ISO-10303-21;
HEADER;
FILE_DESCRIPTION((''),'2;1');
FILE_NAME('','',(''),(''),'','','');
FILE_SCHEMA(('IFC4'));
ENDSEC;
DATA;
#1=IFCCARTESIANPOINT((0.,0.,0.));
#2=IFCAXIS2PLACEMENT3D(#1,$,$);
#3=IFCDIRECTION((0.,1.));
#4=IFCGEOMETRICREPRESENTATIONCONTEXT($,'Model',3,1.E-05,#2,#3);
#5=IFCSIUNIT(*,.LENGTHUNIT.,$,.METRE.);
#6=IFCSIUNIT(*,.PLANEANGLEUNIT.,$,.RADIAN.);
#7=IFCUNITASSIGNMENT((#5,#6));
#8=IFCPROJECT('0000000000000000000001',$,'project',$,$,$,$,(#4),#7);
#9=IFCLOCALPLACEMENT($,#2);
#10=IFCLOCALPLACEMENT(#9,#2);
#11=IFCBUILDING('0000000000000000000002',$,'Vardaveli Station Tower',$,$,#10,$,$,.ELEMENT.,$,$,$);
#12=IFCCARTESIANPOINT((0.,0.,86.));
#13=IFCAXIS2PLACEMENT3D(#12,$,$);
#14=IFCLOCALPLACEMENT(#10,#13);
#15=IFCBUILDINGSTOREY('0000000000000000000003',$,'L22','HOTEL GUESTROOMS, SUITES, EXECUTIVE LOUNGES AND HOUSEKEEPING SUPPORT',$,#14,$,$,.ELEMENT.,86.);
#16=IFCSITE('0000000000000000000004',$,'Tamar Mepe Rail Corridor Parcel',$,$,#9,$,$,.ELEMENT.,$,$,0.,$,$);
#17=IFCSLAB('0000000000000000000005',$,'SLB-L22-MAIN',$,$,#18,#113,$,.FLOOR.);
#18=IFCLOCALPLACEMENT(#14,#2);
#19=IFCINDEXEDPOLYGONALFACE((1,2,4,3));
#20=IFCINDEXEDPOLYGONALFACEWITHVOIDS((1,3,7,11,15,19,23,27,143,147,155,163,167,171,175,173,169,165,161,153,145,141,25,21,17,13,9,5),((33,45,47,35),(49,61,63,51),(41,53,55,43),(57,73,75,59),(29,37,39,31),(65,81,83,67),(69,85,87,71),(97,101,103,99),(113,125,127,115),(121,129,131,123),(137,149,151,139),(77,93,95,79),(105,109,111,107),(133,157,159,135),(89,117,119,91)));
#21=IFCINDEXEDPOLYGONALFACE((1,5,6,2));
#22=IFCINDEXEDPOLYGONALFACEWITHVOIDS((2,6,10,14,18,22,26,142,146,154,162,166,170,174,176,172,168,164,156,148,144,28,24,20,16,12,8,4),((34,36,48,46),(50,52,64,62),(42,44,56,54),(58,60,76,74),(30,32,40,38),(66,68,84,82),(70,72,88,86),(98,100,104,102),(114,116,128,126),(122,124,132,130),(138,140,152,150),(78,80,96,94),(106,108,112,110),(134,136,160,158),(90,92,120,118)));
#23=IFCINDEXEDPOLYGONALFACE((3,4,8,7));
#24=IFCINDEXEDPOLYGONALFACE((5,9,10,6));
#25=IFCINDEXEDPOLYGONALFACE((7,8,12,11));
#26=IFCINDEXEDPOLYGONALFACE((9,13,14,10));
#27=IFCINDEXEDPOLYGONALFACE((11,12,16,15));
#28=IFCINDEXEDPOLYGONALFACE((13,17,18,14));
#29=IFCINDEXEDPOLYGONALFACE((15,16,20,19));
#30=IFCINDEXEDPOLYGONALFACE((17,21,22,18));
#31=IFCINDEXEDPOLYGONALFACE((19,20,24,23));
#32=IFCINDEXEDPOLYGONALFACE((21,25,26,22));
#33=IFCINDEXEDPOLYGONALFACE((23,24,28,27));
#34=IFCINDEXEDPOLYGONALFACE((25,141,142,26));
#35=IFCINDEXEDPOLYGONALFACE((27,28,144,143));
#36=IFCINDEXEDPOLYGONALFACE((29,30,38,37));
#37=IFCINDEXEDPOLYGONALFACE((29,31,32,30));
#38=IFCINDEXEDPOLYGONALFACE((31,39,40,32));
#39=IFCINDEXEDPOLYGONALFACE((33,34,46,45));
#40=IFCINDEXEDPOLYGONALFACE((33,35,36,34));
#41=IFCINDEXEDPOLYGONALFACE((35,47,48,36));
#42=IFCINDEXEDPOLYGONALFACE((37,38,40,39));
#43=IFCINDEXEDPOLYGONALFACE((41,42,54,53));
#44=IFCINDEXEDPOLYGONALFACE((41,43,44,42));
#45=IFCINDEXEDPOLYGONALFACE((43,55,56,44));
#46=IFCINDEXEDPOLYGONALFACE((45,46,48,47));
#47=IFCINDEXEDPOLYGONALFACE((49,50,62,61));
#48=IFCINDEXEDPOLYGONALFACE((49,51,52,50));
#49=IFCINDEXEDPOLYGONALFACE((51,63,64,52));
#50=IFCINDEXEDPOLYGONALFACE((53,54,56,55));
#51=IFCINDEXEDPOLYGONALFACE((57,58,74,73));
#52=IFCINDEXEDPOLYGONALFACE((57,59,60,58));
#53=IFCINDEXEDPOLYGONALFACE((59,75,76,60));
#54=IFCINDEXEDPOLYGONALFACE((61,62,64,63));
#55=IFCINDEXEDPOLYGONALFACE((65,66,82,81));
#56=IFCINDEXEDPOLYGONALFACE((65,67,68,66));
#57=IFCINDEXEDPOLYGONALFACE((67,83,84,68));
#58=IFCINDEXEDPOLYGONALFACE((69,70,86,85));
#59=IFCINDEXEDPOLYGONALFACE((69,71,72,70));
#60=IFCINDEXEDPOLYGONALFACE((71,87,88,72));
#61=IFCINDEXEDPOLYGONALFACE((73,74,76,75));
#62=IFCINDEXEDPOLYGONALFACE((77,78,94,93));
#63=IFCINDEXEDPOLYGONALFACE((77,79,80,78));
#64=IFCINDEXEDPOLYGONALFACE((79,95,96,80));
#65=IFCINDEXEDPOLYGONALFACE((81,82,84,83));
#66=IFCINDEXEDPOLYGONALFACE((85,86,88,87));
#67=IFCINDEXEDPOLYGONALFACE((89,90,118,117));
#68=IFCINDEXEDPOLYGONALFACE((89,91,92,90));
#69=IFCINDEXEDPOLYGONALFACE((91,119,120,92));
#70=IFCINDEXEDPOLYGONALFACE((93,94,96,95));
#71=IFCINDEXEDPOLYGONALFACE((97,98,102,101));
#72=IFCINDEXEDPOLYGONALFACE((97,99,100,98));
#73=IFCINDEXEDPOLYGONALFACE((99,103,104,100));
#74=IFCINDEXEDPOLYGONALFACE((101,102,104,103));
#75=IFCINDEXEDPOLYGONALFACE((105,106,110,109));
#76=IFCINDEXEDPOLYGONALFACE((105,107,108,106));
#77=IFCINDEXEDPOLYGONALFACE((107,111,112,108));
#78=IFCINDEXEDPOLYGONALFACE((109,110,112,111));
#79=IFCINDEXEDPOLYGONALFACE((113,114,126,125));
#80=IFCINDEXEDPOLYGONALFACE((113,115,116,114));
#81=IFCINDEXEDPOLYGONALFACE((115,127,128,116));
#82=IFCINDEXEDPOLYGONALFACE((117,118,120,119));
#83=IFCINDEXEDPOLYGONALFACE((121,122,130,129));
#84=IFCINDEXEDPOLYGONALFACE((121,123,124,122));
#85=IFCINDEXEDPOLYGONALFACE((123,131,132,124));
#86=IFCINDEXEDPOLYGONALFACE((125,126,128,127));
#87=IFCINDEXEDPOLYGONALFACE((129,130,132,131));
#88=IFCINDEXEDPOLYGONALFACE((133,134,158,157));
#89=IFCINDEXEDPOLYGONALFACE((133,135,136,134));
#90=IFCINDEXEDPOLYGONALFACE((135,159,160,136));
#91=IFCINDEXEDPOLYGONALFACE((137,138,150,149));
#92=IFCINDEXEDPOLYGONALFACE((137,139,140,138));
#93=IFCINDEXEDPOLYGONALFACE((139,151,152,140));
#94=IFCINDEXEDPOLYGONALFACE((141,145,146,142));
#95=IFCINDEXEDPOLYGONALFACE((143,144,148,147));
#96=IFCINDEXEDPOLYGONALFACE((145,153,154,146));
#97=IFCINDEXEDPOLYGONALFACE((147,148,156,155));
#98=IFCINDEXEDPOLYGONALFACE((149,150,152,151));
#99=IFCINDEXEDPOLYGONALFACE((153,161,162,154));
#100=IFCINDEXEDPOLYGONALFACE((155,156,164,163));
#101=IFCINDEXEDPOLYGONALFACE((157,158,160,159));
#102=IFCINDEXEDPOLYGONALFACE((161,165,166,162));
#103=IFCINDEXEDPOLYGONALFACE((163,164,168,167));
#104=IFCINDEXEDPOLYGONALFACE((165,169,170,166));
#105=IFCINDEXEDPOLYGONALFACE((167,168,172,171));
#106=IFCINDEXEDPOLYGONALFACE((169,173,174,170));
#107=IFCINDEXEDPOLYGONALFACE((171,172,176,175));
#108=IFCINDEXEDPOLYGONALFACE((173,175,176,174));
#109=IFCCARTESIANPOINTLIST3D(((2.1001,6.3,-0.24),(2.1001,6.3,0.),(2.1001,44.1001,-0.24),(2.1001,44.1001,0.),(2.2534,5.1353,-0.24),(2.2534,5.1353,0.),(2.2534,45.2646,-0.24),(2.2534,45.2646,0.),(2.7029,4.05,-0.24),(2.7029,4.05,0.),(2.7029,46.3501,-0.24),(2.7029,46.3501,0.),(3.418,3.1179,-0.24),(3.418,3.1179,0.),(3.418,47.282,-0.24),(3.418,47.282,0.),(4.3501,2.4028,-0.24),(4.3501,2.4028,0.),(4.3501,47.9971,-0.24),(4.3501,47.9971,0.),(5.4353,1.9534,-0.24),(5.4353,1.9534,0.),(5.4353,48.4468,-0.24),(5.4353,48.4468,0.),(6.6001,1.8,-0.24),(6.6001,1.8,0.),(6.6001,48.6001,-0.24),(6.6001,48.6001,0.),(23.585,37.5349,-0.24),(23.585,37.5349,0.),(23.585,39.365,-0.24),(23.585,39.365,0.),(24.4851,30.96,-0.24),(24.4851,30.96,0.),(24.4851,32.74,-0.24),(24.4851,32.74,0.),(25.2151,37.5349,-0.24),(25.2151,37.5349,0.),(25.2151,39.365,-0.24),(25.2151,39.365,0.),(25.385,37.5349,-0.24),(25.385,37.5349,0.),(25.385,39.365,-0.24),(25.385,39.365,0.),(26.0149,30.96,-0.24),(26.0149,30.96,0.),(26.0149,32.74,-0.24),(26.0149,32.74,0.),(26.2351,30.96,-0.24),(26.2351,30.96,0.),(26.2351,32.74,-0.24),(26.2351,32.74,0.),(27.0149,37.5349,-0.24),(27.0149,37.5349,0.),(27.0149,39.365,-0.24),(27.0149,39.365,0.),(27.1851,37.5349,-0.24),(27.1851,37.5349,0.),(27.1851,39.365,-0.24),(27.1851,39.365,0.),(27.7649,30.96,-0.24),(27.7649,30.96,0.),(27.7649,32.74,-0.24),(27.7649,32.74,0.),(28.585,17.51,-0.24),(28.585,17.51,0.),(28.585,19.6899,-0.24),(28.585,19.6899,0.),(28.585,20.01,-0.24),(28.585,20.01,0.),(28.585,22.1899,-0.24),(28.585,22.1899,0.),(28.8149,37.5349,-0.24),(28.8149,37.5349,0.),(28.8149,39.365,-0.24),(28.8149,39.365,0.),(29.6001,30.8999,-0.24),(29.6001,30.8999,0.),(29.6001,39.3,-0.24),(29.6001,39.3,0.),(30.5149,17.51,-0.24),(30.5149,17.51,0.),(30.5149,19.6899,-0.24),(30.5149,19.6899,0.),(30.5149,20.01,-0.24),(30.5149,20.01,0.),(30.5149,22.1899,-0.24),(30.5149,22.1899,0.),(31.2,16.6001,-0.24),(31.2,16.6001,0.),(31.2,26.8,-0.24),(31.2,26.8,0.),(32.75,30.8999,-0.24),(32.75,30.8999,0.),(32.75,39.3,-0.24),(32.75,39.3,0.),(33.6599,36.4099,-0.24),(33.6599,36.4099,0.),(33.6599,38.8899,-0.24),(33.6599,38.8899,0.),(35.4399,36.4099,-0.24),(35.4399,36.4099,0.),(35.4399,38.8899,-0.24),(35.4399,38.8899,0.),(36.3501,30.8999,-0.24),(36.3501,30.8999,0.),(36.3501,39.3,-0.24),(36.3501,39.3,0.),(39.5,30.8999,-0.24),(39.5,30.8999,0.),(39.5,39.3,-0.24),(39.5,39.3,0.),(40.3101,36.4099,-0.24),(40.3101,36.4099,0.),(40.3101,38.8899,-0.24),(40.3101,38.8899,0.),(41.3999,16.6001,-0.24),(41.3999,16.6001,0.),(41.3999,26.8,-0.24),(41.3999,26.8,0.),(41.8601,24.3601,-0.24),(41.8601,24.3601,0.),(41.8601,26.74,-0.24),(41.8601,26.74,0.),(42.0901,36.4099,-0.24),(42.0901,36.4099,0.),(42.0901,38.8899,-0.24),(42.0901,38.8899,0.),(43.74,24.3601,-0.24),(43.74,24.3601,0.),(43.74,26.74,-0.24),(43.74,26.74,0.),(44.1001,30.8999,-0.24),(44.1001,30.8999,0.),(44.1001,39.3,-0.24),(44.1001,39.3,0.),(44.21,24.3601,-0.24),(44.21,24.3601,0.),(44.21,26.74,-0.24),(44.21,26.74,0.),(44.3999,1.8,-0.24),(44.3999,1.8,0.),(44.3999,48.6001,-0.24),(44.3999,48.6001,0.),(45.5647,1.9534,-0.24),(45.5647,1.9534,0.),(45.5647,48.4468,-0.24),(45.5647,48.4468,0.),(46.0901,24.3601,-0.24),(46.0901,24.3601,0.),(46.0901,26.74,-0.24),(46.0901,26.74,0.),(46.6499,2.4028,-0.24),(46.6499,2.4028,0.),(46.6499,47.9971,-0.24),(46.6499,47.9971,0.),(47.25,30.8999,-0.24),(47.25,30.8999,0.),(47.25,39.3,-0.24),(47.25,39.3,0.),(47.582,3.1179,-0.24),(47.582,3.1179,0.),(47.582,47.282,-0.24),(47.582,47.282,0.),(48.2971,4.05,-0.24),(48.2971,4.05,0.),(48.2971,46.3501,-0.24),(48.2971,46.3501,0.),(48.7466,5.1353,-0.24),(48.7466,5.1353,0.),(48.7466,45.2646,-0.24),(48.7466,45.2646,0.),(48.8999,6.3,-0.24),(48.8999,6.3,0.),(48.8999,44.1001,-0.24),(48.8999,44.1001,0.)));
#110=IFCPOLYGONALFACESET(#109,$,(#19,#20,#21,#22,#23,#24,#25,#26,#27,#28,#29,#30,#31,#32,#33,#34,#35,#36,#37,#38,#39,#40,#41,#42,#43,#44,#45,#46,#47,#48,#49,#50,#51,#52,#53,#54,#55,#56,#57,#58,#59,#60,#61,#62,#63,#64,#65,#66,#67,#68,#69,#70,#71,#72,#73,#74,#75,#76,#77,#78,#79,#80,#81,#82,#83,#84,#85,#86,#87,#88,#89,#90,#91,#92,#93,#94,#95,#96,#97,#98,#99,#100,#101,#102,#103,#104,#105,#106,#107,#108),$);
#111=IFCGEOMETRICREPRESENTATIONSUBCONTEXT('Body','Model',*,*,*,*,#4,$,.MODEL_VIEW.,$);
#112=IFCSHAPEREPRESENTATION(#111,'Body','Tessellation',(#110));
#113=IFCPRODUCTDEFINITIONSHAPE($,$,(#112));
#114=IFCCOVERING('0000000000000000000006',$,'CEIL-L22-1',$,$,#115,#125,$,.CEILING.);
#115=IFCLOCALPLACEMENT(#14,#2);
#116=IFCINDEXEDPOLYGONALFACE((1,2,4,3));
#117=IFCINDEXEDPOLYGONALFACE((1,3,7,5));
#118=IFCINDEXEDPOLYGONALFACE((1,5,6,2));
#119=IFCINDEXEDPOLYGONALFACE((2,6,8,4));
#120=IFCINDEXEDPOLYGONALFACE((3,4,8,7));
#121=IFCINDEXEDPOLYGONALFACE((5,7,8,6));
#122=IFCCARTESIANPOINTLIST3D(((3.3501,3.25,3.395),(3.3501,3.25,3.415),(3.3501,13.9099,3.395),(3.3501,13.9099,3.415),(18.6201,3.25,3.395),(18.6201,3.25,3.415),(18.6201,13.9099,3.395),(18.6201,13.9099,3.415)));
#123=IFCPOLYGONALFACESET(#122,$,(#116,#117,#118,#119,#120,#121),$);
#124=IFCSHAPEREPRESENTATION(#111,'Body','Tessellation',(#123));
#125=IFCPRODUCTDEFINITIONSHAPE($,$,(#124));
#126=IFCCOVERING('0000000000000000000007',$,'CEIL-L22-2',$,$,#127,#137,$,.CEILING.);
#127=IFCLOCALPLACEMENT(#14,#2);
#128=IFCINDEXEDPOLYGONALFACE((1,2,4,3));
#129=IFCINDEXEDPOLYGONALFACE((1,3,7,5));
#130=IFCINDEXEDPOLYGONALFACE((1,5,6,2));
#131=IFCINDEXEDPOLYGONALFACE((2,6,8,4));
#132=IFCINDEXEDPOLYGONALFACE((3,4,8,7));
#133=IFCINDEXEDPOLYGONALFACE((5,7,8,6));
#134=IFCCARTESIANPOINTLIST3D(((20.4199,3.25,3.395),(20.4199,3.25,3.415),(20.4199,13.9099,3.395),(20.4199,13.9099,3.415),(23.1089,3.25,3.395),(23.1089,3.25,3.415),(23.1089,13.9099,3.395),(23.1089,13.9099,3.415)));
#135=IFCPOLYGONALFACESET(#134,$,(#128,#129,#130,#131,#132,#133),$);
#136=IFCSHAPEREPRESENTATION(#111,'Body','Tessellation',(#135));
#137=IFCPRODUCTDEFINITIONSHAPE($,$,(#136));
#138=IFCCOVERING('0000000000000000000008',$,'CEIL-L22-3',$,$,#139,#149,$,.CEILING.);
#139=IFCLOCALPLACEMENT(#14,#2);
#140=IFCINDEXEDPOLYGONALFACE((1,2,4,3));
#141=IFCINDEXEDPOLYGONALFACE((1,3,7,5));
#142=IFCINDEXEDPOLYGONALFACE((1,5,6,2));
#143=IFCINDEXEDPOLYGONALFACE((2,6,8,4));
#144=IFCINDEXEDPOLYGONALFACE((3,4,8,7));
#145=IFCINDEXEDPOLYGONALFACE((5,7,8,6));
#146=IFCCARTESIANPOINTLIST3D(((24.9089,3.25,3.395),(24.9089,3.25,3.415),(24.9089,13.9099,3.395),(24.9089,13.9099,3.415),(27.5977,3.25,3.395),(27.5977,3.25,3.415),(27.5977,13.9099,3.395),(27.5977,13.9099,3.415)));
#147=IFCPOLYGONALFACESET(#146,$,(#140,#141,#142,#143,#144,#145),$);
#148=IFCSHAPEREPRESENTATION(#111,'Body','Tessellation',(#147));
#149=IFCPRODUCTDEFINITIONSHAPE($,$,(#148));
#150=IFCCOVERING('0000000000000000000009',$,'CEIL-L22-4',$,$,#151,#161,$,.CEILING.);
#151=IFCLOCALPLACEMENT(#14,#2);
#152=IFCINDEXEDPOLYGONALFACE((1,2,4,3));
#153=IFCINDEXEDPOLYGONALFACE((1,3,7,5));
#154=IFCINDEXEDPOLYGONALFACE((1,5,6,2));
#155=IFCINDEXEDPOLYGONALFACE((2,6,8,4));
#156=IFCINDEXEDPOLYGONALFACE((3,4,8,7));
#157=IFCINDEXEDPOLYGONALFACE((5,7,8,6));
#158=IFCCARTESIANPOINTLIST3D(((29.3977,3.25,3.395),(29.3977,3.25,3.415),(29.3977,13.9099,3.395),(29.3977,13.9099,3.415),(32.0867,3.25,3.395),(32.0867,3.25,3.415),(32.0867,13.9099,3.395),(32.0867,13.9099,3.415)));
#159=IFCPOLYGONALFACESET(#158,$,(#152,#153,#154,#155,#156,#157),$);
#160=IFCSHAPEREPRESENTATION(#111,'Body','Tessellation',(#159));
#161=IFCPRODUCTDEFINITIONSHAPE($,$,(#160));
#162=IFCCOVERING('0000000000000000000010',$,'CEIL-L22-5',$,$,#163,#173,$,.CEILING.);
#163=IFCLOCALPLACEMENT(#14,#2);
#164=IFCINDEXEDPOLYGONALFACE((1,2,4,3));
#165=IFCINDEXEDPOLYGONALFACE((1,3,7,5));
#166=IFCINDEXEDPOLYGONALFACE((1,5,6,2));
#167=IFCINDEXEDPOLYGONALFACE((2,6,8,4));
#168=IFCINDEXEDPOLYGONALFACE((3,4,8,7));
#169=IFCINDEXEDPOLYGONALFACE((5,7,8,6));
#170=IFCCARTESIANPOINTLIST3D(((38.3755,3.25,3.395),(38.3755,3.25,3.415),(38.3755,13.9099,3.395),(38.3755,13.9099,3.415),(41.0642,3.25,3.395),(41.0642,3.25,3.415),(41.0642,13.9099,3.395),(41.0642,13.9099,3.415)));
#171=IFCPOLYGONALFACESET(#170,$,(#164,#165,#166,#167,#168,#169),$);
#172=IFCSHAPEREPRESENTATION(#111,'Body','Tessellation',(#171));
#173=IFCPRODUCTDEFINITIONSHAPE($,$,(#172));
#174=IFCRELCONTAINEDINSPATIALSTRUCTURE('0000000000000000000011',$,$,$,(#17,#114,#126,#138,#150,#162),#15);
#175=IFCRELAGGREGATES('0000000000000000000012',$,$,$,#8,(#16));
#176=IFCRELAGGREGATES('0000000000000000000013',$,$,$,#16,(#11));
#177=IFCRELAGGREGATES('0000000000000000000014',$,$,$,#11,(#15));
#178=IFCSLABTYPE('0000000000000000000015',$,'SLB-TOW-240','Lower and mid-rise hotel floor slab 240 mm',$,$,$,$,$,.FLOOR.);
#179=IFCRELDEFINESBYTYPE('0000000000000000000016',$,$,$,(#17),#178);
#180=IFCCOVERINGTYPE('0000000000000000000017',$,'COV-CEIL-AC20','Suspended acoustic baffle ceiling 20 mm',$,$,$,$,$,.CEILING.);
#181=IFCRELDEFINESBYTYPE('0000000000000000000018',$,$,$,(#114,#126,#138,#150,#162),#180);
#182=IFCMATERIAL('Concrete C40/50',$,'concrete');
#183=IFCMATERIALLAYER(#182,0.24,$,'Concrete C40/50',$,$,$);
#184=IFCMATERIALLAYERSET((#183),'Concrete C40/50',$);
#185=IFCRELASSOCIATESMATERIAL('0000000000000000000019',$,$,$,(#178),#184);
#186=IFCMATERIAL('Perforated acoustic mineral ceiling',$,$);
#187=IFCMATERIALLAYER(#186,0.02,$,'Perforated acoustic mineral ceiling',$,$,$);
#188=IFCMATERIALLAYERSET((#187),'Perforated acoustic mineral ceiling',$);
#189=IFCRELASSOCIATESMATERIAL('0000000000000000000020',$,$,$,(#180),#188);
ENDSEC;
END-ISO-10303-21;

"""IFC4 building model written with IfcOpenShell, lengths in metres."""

from ifc_helpers import new_model, si_unit, direction, frame, origin, place, context, subcontext, project, spatial, polyline, outline, extrude, material, layer, layer_set, type_object, element, save


model = new_model("IFC4")

# Units and contexts
model_context = context("Model", 3, precision=1e-05, world=origin(), true_north=direction((0.0, 1.0)))
body_context = subcontext(model_context, "Body", "Model", "MODEL_VIEW")
ifc_project = project(units=[si_unit("LENGTHUNIT", "METRE"), si_unit("PLANEANGLEUNIT", "RADIAN")], contexts=[model_context])

# Site, building, storey
site_placement = place(None, origin())
site = spatial("IfcSite", under=ifc_project, at=site_placement, Name="Tamar Mepe Rail Corridor Parcel", CompositionType="ELEMENT", RefElevation=0.0)
building_placement = place(site_placement, origin())
building = spatial("IfcBuilding", under=site, at=building_placement, Name="Vardaveli Station Tower", CompositionType="ELEMENT")
storey_placement = place(building_placement, frame((0.0, 0.0, 86.0)))
storey = spatial("IfcBuildingStorey", under=building, at=storey_placement, Name="L22", Description="HOTEL GUESTROOMS, SUITES, EXECUTIVE LOUNGES AND HOUSEKEEPING SUPPORT", CompositionType="ELEMENT", Elevation=86.0)

# Shared definitions
ifc_material_1 = material(Name="Concrete C40/50", Category="concrete")

# Slab
ifc_layer_1 = layer(ifc_material_1, 0.24, Name="Concrete C40/50")
ifc_layer_set_1 = layer_set([ifc_layer_1], Name="Concrete C40/50")
slab_type_1 = type_object("IfcSlabType", Name="SLB-TOW-240", Description="Lower and mid-rise hotel floor slab 240 mm", PredefinedType="FLOOR", material=ifc_layer_set_1)
slab_1_placement = place(storey_placement, frame((0.0, 0.0, -0.24)))
element("IfcSlab", 1, at=slab_1_placement, inside=storey, type_object=slab_type_1, Name="SLB-L22-MAIN", PredefinedType="FLOOR", context=body_context, shape_type="SweptSolid", body=[
    extrude(outline(polyline([(2.1001, 6.3), (2.2534, 5.1353), (2.7029, 4.05), (3.418, 3.1179), (4.3501, 2.4028), (5.4353, 1.9534), (6.6001, 1.8), (44.3999, 1.8), (45.5647, 1.9534), (46.6499, 2.4028), (47.582, 3.1179), (48.2971, 4.05), (48.7466, 5.1353), (48.8999, 6.3), (48.8999, 44.1001), (48.7466, 45.2646), (48.2971, 46.3501), (47.582, 47.282), (46.6499, 47.9971), (45.5647, 48.4468), (44.3999, 48.6001), (6.6001, 48.6001), (5.4353, 48.4468), (4.3501, 47.9971), (3.418, 47.282), (2.7029, 46.3501), (2.2534, 45.2646), (2.1001, 44.1001), (2.1001, 6.3)]), holes=[polyline([(31.2, 16.6001), (41.3999, 16.6001), (41.3999, 26.8), (31.2, 26.8), (31.2, 16.6001)]), polyline([(32.75, 30.8999), (32.75, 39.3), (29.6001, 39.3), (29.6001, 30.8999), (32.75, 30.8999)]), polyline([(39.5, 30.8999), (39.5, 39.3), (36.3501, 39.3), (36.3501, 30.8999), (39.5, 30.8999)]), polyline([(47.25, 30.8999), (47.25, 39.3), (44.1001, 39.3), (44.1001, 30.8999), (47.25, 30.8999)]), polyline([(23.585, 37.5349), (25.2151, 37.5349), (25.2151, 39.365), (23.585, 39.365), (23.585, 37.5349)]), polyline([(25.385, 37.5349), (27.0149, 37.5349), (27.0149, 39.365), (25.385, 39.365), (25.385, 37.5349)]), polyline([(27.1851, 37.5349), (28.8149, 37.5349), (28.8149, 39.365), (27.1851, 39.365), (27.1851, 37.5349)]), polyline([(33.6599, 36.4099), (35.4399, 36.4099), (35.4399, 38.8899), (33.6599, 38.8899), (33.6599, 36.4099)]), polyline([(40.3101, 36.4099), (42.0901, 36.4099), (42.0901, 38.8899), (40.3101, 38.8899), (40.3101, 36.4099)]), polyline([(24.4851, 30.96), (26.0149, 30.96), (26.0149, 32.74), (24.4851, 32.74), (24.4851, 30.96)]), polyline([(26.2351, 30.96), (27.7649, 30.96), (27.7649, 32.74), (26.2351, 32.74), (26.2351, 30.96)]), polyline([(28.585, 17.51), (30.5149, 17.51), (30.5149, 19.6899), (28.585, 19.6899), (28.585, 17.51)]), polyline([(28.585, 20.01), (30.5149, 20.01), (30.5149, 22.1899), (28.585, 22.1899), (28.585, 20.01)]), polyline([(41.8601, 24.3601), (43.74, 24.3601), (43.74, 26.74), (41.8601, 26.74), (41.8601, 24.3601)]), polyline([(44.21, 24.3601), (46.0901, 24.3601), (46.0901, 26.74), (44.21, 26.74), (44.21, 24.3601)])]), origin(), (0.0, 0.0, 1.0), 0.24),
])

# Coverings
ifc_material_2 = material(Name="Perforated acoustic mineral ceiling")
ifc_layer_2 = layer(ifc_material_2, 0.02, Name="Perforated acoustic mineral ceiling")
ifc_layer_set_2 = layer_set([ifc_layer_2], Name="Perforated acoustic mineral ceiling")
covering_type_1 = type_object("IfcCoveringType", Name="COV-CEIL-AC20", Description="Suspended acoustic baffle ceiling 20 mm", PredefinedType="CEILING", material=ifc_layer_set_2)
covering_1_placement = place(storey_placement, frame((0.0, 0.0, 3.395)))
element("IfcCovering", 2, at=covering_1_placement, inside=storey, type_object=covering_type_1, Name="CEIL-L22-1", PredefinedType="CEILING", context=body_context, shape_type="SweptSolid", body=[
    extrude(outline(polyline([(3.3501, 3.25), (18.6201, 3.25), (18.6201, 13.9099), (3.3501, 13.9099), (3.3501, 3.25)])), origin(), (0.0, 0.0, 1.0), 0.02),
])
covering_2_placement = place(storey_placement, frame((0.0, 0.0, 3.395)))
element("IfcCovering", 3, at=covering_2_placement, inside=storey, type_object=covering_type_1, Name="CEIL-L22-2", PredefinedType="CEILING", context=body_context, shape_type="SweptSolid", body=[
    extrude(outline(polyline([(20.4199, 3.25), (23.1089, 3.25), (23.1089, 13.9099), (20.4199, 13.9099), (20.4199, 3.25)])), origin(), (0.0, 0.0, 1.0), 0.02),
])
covering_3_placement = place(storey_placement, frame((0.0, 0.0, 3.395)))
element("IfcCovering", 4, at=covering_3_placement, inside=storey, type_object=covering_type_1, Name="CEIL-L22-3", PredefinedType="CEILING", context=body_context, shape_type="SweptSolid", body=[
    extrude(outline(polyline([(24.9089, 3.25), (27.5977, 3.25), (27.5977, 13.9099), (24.9089, 13.9099), (24.9089, 3.25)])), origin(), (0.0, 0.0, 1.0), 0.02),
])
covering_4_placement = place(storey_placement, frame((0.0, 0.0, 3.395)))
element("IfcCovering", 5, at=covering_4_placement, inside=storey, type_object=covering_type_1, Name="CEIL-L22-4", PredefinedType="CEILING", context=body_context, shape_type="SweptSolid", body=[
    extrude(outline(polyline([(29.3977, 3.25), (32.0867, 3.25), (32.0867, 13.9099), (29.3977, 13.9099), (29.3977, 3.25)])), origin(), (0.0, 0.0, 1.0), 0.02),
])
covering_5_placement = place(storey_placement, frame((0.0, 0.0, 3.395)))
element("IfcCovering", 6, at=covering_5_placement, inside=storey, type_object=covering_type_1, Name="CEIL-L22-5", PredefinedType="CEILING", context=body_context, shape_type="SweptSolid", body=[
    extrude(outline(polyline([(38.3755, 3.25), (41.0642, 3.25), (41.0642, 13.9099), (38.3755, 13.9099), (38.3755, 3.25)])), origin(), (0.0, 0.0, 1.0), 0.02),
])

save(model, "model.ifc")
